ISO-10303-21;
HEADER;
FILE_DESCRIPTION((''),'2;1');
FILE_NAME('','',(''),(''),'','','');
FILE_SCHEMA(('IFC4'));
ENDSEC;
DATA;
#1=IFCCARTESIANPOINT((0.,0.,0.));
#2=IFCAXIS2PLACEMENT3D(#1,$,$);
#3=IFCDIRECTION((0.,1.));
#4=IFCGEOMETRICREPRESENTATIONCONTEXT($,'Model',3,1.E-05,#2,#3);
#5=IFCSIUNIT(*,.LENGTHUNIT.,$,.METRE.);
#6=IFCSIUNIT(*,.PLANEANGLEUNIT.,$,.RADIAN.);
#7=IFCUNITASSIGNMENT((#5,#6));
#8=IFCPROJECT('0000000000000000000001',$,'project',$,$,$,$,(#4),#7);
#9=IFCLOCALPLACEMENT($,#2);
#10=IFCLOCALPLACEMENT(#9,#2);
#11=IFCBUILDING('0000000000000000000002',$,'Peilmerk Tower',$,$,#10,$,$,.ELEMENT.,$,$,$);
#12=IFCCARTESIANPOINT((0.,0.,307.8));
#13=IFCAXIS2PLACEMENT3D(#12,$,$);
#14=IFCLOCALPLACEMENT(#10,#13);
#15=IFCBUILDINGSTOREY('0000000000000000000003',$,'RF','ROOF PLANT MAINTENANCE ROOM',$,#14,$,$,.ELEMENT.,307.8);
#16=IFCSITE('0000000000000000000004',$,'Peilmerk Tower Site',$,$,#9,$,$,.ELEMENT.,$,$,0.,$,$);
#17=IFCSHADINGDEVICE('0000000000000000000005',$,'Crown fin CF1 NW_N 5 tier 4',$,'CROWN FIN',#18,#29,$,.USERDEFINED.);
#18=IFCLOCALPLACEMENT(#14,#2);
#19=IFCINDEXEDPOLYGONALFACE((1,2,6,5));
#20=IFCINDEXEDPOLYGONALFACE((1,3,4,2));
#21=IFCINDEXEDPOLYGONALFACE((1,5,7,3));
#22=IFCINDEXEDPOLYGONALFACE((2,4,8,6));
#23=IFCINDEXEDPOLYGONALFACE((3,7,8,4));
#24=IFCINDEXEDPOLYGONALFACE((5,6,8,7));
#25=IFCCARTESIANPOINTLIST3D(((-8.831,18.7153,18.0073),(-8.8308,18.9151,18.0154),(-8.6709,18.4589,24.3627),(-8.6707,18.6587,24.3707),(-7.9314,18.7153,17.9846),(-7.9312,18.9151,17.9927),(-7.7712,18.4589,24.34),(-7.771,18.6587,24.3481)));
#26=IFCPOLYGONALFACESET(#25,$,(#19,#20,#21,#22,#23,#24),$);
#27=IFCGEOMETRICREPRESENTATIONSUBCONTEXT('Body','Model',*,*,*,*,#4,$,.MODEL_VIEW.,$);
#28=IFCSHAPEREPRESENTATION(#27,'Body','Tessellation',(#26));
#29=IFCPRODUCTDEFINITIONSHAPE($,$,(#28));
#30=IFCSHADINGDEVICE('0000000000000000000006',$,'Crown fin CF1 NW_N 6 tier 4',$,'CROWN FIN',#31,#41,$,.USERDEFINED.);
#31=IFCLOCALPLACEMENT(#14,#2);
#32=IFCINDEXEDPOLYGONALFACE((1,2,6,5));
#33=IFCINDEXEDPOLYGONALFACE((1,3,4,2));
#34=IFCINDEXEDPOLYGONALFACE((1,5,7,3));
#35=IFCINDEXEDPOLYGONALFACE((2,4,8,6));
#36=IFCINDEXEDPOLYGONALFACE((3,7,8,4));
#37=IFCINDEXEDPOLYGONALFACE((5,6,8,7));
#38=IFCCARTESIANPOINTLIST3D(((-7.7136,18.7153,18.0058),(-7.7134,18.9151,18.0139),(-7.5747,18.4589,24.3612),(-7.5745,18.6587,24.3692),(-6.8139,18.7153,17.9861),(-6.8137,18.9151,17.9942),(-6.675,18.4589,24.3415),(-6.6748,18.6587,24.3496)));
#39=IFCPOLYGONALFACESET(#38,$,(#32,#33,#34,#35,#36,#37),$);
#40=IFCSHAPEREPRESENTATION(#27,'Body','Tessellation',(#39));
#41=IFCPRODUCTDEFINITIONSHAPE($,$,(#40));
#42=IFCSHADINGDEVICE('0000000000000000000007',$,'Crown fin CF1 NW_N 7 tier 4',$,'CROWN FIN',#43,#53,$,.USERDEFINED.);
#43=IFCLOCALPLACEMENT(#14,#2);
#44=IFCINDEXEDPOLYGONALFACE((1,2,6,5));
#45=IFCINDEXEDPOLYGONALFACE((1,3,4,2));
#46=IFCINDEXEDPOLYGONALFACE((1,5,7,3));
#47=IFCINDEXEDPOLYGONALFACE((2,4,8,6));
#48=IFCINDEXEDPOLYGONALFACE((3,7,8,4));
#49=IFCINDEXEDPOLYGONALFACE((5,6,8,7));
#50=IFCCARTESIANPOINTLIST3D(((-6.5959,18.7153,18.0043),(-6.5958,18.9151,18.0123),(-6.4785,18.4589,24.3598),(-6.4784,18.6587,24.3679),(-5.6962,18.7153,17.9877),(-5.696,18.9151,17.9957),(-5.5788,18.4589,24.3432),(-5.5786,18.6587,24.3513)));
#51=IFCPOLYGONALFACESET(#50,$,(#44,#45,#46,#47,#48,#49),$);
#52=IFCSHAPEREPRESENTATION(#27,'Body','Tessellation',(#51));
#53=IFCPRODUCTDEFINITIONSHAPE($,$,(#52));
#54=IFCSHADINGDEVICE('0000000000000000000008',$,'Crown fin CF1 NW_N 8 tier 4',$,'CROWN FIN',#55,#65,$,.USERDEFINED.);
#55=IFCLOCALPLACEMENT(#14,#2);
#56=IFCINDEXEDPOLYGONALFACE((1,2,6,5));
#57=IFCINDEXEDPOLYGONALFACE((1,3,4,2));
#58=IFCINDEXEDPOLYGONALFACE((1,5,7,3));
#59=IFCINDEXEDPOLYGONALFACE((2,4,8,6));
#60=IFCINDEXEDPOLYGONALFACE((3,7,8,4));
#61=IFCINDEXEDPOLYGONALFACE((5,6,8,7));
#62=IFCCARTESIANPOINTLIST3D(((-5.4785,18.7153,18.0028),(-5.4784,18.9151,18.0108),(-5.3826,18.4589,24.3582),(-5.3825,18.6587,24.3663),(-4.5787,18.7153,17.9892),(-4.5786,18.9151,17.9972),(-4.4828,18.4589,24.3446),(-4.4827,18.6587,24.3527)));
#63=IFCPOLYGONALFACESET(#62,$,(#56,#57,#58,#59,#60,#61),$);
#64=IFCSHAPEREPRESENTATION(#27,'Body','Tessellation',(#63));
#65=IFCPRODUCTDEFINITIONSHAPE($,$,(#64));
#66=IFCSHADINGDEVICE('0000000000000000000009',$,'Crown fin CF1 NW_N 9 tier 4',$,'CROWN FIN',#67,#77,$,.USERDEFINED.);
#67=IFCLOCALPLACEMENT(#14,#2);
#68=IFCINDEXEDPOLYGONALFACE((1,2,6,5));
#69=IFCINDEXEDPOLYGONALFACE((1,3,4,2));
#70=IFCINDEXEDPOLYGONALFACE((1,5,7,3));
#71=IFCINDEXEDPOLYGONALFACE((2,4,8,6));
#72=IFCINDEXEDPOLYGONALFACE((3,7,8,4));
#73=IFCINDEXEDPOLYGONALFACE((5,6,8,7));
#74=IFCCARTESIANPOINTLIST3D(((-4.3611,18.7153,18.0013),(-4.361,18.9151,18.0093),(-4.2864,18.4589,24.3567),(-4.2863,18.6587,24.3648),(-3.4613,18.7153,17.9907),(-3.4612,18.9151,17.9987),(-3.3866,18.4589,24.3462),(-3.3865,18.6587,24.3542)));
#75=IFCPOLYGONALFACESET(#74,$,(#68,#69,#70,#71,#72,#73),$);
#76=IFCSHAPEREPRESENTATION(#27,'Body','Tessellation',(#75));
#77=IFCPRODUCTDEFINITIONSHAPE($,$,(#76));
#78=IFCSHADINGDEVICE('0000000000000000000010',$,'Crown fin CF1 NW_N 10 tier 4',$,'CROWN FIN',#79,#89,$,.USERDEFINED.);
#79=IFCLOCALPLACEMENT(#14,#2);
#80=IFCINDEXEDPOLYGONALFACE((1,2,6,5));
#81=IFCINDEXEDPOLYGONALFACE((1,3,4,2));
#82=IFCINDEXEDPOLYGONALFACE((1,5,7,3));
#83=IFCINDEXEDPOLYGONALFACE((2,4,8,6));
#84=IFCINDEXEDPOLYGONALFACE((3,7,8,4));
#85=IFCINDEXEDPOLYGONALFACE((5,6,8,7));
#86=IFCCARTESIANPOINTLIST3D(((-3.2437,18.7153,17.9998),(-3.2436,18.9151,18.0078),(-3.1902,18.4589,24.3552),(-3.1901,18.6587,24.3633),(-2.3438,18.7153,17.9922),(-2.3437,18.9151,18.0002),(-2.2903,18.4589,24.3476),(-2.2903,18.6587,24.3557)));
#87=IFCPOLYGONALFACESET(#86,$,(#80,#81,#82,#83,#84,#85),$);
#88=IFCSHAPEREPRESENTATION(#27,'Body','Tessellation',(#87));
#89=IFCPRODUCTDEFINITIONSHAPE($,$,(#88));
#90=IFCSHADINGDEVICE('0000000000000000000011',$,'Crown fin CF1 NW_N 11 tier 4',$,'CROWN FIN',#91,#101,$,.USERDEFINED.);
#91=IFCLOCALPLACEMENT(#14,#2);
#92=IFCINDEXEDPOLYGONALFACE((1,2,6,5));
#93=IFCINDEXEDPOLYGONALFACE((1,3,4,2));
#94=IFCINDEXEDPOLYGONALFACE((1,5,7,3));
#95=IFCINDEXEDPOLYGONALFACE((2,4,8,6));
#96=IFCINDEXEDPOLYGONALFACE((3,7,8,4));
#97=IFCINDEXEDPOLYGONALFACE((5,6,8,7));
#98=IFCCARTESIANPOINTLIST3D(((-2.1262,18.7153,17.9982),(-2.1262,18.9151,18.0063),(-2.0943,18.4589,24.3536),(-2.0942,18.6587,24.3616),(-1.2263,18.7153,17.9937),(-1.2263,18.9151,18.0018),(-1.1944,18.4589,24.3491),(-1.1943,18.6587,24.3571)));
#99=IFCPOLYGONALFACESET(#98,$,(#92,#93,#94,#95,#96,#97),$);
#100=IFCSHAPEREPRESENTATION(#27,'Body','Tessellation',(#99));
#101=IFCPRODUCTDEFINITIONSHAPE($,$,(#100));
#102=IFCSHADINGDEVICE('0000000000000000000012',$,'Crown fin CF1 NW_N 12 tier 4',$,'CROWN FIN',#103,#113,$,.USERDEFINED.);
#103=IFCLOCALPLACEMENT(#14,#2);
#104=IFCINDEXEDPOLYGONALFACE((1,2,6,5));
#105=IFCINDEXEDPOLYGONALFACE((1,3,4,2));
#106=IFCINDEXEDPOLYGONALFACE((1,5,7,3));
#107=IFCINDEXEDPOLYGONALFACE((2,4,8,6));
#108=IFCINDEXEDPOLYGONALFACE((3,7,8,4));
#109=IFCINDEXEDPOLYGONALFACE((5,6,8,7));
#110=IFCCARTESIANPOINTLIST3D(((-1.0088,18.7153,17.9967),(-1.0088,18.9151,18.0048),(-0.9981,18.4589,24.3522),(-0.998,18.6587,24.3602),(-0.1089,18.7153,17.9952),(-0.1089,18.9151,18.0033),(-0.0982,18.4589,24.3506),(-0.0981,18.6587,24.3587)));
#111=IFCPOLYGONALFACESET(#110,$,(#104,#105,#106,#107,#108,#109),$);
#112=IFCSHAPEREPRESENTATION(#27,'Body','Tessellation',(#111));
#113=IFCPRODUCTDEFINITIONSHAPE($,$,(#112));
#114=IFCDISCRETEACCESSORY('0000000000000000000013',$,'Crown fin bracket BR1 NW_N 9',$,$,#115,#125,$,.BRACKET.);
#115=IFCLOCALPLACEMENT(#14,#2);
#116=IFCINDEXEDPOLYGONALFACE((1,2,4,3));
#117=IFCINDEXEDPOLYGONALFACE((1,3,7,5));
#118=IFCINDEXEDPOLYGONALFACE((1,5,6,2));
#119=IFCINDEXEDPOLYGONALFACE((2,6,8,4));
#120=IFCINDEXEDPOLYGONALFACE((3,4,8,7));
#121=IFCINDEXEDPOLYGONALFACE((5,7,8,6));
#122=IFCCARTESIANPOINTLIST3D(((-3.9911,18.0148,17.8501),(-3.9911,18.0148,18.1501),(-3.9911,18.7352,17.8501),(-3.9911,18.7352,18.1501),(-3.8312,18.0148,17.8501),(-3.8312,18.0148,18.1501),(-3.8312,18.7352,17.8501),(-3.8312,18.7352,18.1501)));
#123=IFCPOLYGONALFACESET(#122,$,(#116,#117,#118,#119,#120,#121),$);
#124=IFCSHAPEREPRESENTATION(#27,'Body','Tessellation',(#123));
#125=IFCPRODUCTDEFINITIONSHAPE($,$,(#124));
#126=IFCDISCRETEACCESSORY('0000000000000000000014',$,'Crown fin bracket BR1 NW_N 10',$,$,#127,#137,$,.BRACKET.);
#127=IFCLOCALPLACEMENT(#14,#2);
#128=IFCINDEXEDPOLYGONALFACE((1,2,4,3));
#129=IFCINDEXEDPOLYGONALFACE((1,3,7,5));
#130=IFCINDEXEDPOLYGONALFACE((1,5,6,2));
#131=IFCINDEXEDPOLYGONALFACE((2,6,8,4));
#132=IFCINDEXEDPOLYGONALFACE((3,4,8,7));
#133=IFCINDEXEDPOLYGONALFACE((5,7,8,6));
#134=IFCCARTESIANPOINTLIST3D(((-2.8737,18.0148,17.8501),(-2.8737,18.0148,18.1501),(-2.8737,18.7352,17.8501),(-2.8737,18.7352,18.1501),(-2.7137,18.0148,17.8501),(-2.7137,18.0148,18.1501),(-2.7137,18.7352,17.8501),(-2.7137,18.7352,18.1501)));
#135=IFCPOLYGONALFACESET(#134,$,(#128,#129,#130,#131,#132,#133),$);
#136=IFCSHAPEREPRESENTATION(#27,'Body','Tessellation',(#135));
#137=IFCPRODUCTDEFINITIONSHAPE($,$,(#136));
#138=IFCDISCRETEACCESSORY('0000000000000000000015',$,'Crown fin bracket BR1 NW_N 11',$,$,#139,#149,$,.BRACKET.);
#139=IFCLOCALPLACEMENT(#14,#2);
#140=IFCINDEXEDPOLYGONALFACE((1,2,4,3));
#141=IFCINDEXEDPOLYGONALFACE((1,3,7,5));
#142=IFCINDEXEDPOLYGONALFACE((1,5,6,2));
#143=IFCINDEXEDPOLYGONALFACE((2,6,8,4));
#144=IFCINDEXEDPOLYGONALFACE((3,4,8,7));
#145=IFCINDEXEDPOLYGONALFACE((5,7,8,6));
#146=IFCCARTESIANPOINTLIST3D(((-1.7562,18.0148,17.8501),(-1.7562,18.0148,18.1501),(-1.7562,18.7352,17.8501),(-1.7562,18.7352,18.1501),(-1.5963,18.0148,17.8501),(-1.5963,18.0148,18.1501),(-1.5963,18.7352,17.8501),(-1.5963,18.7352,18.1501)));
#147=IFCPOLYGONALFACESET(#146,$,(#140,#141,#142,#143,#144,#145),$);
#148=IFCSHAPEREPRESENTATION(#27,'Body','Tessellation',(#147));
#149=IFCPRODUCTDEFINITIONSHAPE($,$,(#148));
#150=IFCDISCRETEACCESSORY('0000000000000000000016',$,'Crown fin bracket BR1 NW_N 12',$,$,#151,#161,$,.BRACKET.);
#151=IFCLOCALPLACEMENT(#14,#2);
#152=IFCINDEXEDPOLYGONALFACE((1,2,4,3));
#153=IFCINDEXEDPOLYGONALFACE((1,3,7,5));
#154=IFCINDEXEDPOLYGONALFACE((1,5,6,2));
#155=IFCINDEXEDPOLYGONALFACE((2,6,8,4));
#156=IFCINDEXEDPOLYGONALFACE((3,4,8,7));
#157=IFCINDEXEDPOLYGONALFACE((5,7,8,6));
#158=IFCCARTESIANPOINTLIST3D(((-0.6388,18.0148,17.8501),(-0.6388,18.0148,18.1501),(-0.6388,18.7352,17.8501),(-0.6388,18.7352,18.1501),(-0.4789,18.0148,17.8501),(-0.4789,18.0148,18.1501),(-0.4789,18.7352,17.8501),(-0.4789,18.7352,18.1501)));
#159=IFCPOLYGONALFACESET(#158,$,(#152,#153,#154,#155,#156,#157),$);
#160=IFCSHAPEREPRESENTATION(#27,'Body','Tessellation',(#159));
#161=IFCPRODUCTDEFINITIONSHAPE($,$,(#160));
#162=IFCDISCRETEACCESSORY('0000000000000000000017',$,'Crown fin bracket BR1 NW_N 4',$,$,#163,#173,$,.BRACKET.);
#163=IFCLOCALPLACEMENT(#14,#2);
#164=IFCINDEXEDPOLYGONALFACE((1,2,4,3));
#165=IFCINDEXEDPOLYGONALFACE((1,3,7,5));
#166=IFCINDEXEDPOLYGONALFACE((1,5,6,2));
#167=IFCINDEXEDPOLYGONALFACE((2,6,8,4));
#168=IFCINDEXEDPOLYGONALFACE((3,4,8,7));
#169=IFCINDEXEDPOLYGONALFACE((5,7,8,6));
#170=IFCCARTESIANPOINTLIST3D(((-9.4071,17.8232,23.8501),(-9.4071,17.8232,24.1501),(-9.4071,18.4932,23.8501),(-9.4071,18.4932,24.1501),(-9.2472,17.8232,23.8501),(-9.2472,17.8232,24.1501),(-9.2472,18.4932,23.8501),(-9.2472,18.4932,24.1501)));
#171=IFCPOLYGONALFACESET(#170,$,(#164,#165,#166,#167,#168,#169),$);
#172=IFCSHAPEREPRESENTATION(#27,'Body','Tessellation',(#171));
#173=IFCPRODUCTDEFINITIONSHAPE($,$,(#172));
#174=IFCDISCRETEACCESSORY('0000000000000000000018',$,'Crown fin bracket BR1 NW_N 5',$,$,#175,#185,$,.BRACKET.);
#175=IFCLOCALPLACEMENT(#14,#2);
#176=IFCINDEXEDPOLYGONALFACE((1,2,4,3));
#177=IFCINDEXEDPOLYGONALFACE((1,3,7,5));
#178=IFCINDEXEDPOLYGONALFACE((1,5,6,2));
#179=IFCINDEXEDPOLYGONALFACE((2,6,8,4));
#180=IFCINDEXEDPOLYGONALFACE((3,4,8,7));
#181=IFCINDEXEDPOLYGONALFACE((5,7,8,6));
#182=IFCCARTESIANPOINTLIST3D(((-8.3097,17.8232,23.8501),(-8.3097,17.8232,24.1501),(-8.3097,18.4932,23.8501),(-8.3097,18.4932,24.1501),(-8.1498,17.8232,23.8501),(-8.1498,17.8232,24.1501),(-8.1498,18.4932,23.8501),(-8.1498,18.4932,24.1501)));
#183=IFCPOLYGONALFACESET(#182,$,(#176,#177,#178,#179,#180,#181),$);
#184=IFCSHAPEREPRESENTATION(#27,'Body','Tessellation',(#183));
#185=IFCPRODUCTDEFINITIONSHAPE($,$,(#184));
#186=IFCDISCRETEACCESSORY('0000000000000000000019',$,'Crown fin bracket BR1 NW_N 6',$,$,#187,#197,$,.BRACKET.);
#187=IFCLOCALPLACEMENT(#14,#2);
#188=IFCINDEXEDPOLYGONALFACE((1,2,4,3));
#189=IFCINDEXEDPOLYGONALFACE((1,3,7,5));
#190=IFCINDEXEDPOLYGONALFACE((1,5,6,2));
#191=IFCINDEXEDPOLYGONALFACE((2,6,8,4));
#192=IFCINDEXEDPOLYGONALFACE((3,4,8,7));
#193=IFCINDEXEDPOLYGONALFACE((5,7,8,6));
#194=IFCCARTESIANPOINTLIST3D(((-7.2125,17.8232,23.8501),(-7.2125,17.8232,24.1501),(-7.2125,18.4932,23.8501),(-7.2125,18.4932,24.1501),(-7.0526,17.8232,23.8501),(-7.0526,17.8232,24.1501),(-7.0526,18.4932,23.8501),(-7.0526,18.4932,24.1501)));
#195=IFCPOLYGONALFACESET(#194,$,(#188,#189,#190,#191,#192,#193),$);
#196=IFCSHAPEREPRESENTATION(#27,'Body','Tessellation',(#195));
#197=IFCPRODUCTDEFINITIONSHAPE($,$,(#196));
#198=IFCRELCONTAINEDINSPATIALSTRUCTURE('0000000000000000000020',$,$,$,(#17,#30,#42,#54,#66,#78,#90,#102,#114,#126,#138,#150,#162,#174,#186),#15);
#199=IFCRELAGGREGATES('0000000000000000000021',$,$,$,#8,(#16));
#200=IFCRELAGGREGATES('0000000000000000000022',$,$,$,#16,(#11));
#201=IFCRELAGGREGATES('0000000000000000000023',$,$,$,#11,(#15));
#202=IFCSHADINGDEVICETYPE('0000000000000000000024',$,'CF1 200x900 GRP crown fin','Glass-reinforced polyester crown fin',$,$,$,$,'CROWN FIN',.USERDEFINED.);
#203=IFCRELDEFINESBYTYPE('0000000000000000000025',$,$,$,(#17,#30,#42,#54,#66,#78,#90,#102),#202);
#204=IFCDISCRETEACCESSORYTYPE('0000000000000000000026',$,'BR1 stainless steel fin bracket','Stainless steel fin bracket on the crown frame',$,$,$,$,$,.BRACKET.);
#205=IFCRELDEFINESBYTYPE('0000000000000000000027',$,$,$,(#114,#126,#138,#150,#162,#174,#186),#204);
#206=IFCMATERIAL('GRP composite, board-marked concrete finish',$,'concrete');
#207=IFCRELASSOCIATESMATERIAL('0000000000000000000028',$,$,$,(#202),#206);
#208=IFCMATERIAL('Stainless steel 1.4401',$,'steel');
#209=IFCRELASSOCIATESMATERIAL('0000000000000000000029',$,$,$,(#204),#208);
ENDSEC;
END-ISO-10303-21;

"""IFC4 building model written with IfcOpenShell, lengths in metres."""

from ifc_helpers import new_model, si_unit, direction, frame, origin, origin_2d, place, context, subcontext, project, spatial, rectangle, extrude, source, transform, mapped, material, material_profile, profile_set, type_object, element, save


model = new_model("IFC4")

# Units and contexts
model_context = context("Model", 3, precision=1e-05, world=origin(), true_north=direction((0.0, 1.0)))
body_context = subcontext(model_context, "Body", "Model", "MODEL_VIEW")
ifc_project = project(units=[si_unit("LENGTHUNIT", "METRE"), si_unit("PLANEANGLEUNIT", "RADIAN")], contexts=[model_context])

# Site, building, storey
site_placement = place(None, origin())
site = spatial("IfcSite", under=ifc_project, at=site_placement, Name="Peilmerk Tower Site", CompositionType="ELEMENT", RefElevation=0.0)
building_placement = place(site_placement, origin())
building = spatial("IfcBuilding", under=site, at=building_placement, Name="Peilmerk Tower", CompositionType="ELEMENT")
storey_placement = place(building_placement, frame((0.0, 0.0, 307.8)))
storey = spatial("IfcBuildingStorey", under=building, at=storey_placement, Name="RF", Description="ROOF PLANT MAINTENANCE ROOM", CompositionType="ELEMENT", Elevation=307.8)

# Shading devices
ifc_material_1 = material(Name="GRP composite, board-marked concrete finish", Category="concrete")
ifc_material_profile = material_profile(ifc_material_1, rectangle(XDim=0.2, YDim=0.8999, at=origin_2d()), Name="CF1 200x900")
ifc_profile_set = profile_set([ifc_material_profile], Name="GRP composite, board-marked concrete finish")
shading_device_type = type_object("IfcShadingDeviceType", Name="CF1 200x900 GRP crown fin", Description="Glass-reinforced polyester crown fin", ElementType="CROWN FIN", PredefinedType="USERDEFINED", material=ifc_profile_set)
shared_shape_1 = source(origin(), body_context, "Body", "SweptSolid", [
    extrude(rectangle(XDim=0.2, YDim=0.8999, at=origin_2d()), origin(), (0.0, 0.0, 1.0), 6.3625),
])
shading_device_1_placement = place(storey_placement, frame((-8.3811, 18.8152, 18.0), z_axis=(0.025171, -0.040289, 0.998871), x_axis=(0.001015, 0.999188, 0.040277)))
element("IfcShadingDevice", 1, at=shading_device_1_placement, inside=storey, type_object=shading_device_type, Name="Crown fin CF1 NW_N 5 tier 4", ObjectType="CROWN FIN", PredefinedType="USERDEFINED", context=body_context, shape_type="MappedRepresentation", body=[
    mapped(shared_shape_1, transform((0.0, 0.0, 0.0), scale=1.0)),
])
shared_shape_2 = source(origin(), body_context, "Body", "SweptSolid", [
    extrude(rectangle(XDim=0.2, YDim=0.8999, at=origin_2d()), origin(), (0.0, 0.0, 1.0), 6.3621),
])
shading_device_2_placement = place(storey_placement, frame((-7.2637, 18.8152, 18.0), z_axis=(0.021835, -0.040293, 0.998949), x_axis=(0.00088, 0.999188, 0.040283)))
element("IfcShadingDevice", 2, at=shading_device_2_placement, inside=storey, type_object=shading_device_type, Name="Crown fin CF1 NW_N 6 tier 4", ObjectType="CROWN FIN", PredefinedType="USERDEFINED", context=body_context, shape_type="MappedRepresentation", body=[
    mapped(shared_shape_2, transform((0.0, 0.0, 0.0), scale=1.0)),
])
shared_shape_3 = source(origin(), body_context, "Body", "SweptSolid", [
    extrude(rectangle(XDim=0.2, YDim=0.8999, at=origin_2d()), origin(), (0.0, 0.0, 1.0), 6.3618),
])
shading_device_3_placement = place(storey_placement, frame((-6.146, 18.8152, 18.0), z_axis=(0.018459, -0.040295, 0.999017), x_axis=(0.000744, 0.999188, 0.040288)))
element("IfcShadingDevice", 3, at=shading_device_3_placement, inside=storey, type_object=shading_device_type, Name="Crown fin CF1 NW_N 7 tier 4", ObjectType="CROWN FIN", PredefinedType="USERDEFINED", context=body_context, shape_type="MappedRepresentation", body=[
    mapped(shared_shape_3, transform((0.0, 0.0, 0.0), scale=1.0)),
])
shared_shape_4 = source(origin(), body_context, "Body", "SweptSolid", [
    extrude(rectangle(XDim=0.2, YDim=0.8999, at=origin_2d()), origin(), (0.0, 0.0, 1.0), 6.3613),
])
shading_device_4_placement = place(storey_placement, frame((-5.0286, 18.8152, 18.0), z_axis=(0.015083, -0.040298, 0.999074), x_axis=(0.000608, 0.999188, 0.040293)))
element("IfcShadingDevice", 4, at=shading_device_4_placement, inside=storey, type_object=shading_device_type, Name="Crown fin CF1 NW_N 8 tier 4", ObjectType="CROWN FIN", PredefinedType="USERDEFINED", context=body_context, shape_type="MappedRepresentation", body=[
    mapped(shared_shape_4, transform((0.0, 0.0, 0.0), scale=1.0)),
])
shared_shape_5 = source(origin(), body_context, "Body", "SweptSolid", [
    extrude(rectangle(XDim=0.2, YDim=0.8999, at=origin_2d()), origin(), (0.0, 0.0, 1.0), 6.3611),
])
shading_device_5_placement = place(storey_placement, frame((-3.9111, 18.8152, 18.0), z_axis=(0.011744, -0.040299, 0.999119), x_axis=(0.000474, 0.999188, 0.040297)))
element("IfcShadingDevice", 5, at=shading_device_5_placement, inside=storey, type_object=shading_device_type, Name="Crown fin CF1 NW_N 9 tier 4", ObjectType="CROWN FIN", PredefinedType="USERDEFINED", context=body_context, shape_type="MappedRepresentation", body=[
    mapped(shared_shape_5, transform((0.0, 0.0, 0.0), scale=1.0)),
])
shared_shape_6 = source(origin(), body_context, "Body", "SweptSolid", [
    extrude(rectangle(XDim=0.2, YDim=0.8999, at=origin_2d()), origin(), (0.0, 0.0, 1.0), 6.3608),
])
shading_device_6_placement = place(storey_placement, frame((-2.7937, 18.8152, 18.0), z_axis=(0.008406, -0.040301, 0.999152), x_axis=(0.000339, 0.999188, 0.040299)))
element("IfcShadingDevice", 6, at=shading_device_6_placement, inside=storey, type_object=shading_device_type, Name="Crown fin CF1 NW_N 10 tier 4", ObjectType="CROWN FIN", PredefinedType="USERDEFINED", context=body_context, shape_type="MappedRepresentation", body=[
    mapped(shared_shape_6, transform((0.0, 0.0, 0.0), scale=1.0)),
])
shared_shape_7 = source(origin(), body_context, "Body", "SweptSolid", [
    extrude(rectangle(XDim=0.2, YDim=0.8999, at=origin_2d()), origin(), (0.0, 0.0, 1.0), 6.3606),
])
for number, where, z_axis, x_axis, name in (
    (7, (-1.6763, 18.8152, 18.0), (0.005028, -0.040302, 0.999175), (0.000203, 0.999188, 0.040301), "Crown fin CF1 NW_N 11 tier 4"),
    (8, (-0.5588, 18.8152, 18.0), (0.001689, -0.040302, 0.999186), (0.000068, 0.999188, 0.040302), "Crown fin CF1 NW_N 12 tier 4"),
):
    element("IfcShadingDevice", number, at=place(storey_placement, frame(where, z_axis=z_axis, x_axis=x_axis)), inside=storey, type_object=shading_device_type, Name=name, ObjectType="CROWN FIN", PredefinedType="USERDEFINED", context=body_context, shape_type="MappedRepresentation", body=[
        mapped(shared_shape_7, transform((0.0, 0.0, 0.0), scale=1.0)),
    ])

# Discrete accessories
ifc_material_2 = material(Name="Stainless steel 1.4401", Category="steel")
discrete_accessory_type = type_object("IfcDiscreteAccessoryType", Name="BR1 stainless steel fin bracket", Description="Stainless steel fin bracket on the crown frame", PredefinedType="BRACKET", material=ifc_material_2)
shared_shape_8 = source(origin(), body_context, "Body", "SweptSolid", [
    extrude(rectangle(XDim=0.7205, YDim=0.1599, at=origin_2d()), origin(), (0.0, 0.0, 1.0), 0.3),
])
for number, where, z_axis, x_axis, name in (
    (9, (-3.9111, 18.375, 17.8501), (0.0, 0.0, 1.0), (0.0, 1.0, 0.0), "Crown fin bracket BR1 NW_N 9"),
    (10, (-2.7937, 18.375, 17.8501), (0.0, 0.0, 1.0), (0.0, 1.0, 0.0), "Crown fin bracket BR1 NW_N 10"),
    (11, (-1.6763, 18.375, 17.8501), (0.0, 0.0, 1.0), (0.0, 1.0, 0.0), "Crown fin bracket BR1 NW_N 11"),
    (12, (-0.5588, 18.375, 17.8501), (0.0, 0.0, 1.0), (0.0, 1.0, 0.0), "Crown fin bracket BR1 NW_N 12"),
):
    element("IfcDiscreteAccessory", number, at=place(storey_placement, frame(where, z_axis=z_axis, x_axis=x_axis)), inside=storey, type_object=discrete_accessory_type, Name=name, PredefinedType="BRACKET", context=body_context, shape_type="MappedRepresentation", body=[
        mapped(shared_shape_8, transform((0.0, 0.0, 0.0), scale=1.0)),
    ])
shared_shape_9 = source(origin(), body_context, "Body", "SweptSolid", [
    extrude(rectangle(XDim=0.6699, YDim=0.1599, at=origin_2d()), origin(), (0.0, 0.0, 1.0), 0.3),
])
for number, where, z_axis, x_axis, name in (
    (13, (-9.3271, 18.1582, 23.8501), (0.0, 0.0, 1.0), (0.0, 1.0, 0.0), "Crown fin bracket BR1 NW_N 4"),
    (14, (-8.2297, 18.1582, 23.8501), (0.0, 0.0, 1.0), (0.0, 1.0, 0.0), "Crown fin bracket BR1 NW_N 5"),
    (15, (-7.1326, 18.1582, 23.8501), (0.0, 0.0, 1.0), (0.0, 1.0, 0.0), "Crown fin bracket BR1 NW_N 6"),
):
    element("IfcDiscreteAccessory", number, at=place(storey_placement, frame(where, z_axis=z_axis, x_axis=x_axis)), inside=storey, type_object=discrete_accessory_type, Name=name, PredefinedType="BRACKET", context=body_context, shape_type="MappedRepresentation", body=[
        mapped(shared_shape_9, transform((0.0, 0.0, 0.0), scale=1.0)),
    ])

save(model, "model.ifc")
